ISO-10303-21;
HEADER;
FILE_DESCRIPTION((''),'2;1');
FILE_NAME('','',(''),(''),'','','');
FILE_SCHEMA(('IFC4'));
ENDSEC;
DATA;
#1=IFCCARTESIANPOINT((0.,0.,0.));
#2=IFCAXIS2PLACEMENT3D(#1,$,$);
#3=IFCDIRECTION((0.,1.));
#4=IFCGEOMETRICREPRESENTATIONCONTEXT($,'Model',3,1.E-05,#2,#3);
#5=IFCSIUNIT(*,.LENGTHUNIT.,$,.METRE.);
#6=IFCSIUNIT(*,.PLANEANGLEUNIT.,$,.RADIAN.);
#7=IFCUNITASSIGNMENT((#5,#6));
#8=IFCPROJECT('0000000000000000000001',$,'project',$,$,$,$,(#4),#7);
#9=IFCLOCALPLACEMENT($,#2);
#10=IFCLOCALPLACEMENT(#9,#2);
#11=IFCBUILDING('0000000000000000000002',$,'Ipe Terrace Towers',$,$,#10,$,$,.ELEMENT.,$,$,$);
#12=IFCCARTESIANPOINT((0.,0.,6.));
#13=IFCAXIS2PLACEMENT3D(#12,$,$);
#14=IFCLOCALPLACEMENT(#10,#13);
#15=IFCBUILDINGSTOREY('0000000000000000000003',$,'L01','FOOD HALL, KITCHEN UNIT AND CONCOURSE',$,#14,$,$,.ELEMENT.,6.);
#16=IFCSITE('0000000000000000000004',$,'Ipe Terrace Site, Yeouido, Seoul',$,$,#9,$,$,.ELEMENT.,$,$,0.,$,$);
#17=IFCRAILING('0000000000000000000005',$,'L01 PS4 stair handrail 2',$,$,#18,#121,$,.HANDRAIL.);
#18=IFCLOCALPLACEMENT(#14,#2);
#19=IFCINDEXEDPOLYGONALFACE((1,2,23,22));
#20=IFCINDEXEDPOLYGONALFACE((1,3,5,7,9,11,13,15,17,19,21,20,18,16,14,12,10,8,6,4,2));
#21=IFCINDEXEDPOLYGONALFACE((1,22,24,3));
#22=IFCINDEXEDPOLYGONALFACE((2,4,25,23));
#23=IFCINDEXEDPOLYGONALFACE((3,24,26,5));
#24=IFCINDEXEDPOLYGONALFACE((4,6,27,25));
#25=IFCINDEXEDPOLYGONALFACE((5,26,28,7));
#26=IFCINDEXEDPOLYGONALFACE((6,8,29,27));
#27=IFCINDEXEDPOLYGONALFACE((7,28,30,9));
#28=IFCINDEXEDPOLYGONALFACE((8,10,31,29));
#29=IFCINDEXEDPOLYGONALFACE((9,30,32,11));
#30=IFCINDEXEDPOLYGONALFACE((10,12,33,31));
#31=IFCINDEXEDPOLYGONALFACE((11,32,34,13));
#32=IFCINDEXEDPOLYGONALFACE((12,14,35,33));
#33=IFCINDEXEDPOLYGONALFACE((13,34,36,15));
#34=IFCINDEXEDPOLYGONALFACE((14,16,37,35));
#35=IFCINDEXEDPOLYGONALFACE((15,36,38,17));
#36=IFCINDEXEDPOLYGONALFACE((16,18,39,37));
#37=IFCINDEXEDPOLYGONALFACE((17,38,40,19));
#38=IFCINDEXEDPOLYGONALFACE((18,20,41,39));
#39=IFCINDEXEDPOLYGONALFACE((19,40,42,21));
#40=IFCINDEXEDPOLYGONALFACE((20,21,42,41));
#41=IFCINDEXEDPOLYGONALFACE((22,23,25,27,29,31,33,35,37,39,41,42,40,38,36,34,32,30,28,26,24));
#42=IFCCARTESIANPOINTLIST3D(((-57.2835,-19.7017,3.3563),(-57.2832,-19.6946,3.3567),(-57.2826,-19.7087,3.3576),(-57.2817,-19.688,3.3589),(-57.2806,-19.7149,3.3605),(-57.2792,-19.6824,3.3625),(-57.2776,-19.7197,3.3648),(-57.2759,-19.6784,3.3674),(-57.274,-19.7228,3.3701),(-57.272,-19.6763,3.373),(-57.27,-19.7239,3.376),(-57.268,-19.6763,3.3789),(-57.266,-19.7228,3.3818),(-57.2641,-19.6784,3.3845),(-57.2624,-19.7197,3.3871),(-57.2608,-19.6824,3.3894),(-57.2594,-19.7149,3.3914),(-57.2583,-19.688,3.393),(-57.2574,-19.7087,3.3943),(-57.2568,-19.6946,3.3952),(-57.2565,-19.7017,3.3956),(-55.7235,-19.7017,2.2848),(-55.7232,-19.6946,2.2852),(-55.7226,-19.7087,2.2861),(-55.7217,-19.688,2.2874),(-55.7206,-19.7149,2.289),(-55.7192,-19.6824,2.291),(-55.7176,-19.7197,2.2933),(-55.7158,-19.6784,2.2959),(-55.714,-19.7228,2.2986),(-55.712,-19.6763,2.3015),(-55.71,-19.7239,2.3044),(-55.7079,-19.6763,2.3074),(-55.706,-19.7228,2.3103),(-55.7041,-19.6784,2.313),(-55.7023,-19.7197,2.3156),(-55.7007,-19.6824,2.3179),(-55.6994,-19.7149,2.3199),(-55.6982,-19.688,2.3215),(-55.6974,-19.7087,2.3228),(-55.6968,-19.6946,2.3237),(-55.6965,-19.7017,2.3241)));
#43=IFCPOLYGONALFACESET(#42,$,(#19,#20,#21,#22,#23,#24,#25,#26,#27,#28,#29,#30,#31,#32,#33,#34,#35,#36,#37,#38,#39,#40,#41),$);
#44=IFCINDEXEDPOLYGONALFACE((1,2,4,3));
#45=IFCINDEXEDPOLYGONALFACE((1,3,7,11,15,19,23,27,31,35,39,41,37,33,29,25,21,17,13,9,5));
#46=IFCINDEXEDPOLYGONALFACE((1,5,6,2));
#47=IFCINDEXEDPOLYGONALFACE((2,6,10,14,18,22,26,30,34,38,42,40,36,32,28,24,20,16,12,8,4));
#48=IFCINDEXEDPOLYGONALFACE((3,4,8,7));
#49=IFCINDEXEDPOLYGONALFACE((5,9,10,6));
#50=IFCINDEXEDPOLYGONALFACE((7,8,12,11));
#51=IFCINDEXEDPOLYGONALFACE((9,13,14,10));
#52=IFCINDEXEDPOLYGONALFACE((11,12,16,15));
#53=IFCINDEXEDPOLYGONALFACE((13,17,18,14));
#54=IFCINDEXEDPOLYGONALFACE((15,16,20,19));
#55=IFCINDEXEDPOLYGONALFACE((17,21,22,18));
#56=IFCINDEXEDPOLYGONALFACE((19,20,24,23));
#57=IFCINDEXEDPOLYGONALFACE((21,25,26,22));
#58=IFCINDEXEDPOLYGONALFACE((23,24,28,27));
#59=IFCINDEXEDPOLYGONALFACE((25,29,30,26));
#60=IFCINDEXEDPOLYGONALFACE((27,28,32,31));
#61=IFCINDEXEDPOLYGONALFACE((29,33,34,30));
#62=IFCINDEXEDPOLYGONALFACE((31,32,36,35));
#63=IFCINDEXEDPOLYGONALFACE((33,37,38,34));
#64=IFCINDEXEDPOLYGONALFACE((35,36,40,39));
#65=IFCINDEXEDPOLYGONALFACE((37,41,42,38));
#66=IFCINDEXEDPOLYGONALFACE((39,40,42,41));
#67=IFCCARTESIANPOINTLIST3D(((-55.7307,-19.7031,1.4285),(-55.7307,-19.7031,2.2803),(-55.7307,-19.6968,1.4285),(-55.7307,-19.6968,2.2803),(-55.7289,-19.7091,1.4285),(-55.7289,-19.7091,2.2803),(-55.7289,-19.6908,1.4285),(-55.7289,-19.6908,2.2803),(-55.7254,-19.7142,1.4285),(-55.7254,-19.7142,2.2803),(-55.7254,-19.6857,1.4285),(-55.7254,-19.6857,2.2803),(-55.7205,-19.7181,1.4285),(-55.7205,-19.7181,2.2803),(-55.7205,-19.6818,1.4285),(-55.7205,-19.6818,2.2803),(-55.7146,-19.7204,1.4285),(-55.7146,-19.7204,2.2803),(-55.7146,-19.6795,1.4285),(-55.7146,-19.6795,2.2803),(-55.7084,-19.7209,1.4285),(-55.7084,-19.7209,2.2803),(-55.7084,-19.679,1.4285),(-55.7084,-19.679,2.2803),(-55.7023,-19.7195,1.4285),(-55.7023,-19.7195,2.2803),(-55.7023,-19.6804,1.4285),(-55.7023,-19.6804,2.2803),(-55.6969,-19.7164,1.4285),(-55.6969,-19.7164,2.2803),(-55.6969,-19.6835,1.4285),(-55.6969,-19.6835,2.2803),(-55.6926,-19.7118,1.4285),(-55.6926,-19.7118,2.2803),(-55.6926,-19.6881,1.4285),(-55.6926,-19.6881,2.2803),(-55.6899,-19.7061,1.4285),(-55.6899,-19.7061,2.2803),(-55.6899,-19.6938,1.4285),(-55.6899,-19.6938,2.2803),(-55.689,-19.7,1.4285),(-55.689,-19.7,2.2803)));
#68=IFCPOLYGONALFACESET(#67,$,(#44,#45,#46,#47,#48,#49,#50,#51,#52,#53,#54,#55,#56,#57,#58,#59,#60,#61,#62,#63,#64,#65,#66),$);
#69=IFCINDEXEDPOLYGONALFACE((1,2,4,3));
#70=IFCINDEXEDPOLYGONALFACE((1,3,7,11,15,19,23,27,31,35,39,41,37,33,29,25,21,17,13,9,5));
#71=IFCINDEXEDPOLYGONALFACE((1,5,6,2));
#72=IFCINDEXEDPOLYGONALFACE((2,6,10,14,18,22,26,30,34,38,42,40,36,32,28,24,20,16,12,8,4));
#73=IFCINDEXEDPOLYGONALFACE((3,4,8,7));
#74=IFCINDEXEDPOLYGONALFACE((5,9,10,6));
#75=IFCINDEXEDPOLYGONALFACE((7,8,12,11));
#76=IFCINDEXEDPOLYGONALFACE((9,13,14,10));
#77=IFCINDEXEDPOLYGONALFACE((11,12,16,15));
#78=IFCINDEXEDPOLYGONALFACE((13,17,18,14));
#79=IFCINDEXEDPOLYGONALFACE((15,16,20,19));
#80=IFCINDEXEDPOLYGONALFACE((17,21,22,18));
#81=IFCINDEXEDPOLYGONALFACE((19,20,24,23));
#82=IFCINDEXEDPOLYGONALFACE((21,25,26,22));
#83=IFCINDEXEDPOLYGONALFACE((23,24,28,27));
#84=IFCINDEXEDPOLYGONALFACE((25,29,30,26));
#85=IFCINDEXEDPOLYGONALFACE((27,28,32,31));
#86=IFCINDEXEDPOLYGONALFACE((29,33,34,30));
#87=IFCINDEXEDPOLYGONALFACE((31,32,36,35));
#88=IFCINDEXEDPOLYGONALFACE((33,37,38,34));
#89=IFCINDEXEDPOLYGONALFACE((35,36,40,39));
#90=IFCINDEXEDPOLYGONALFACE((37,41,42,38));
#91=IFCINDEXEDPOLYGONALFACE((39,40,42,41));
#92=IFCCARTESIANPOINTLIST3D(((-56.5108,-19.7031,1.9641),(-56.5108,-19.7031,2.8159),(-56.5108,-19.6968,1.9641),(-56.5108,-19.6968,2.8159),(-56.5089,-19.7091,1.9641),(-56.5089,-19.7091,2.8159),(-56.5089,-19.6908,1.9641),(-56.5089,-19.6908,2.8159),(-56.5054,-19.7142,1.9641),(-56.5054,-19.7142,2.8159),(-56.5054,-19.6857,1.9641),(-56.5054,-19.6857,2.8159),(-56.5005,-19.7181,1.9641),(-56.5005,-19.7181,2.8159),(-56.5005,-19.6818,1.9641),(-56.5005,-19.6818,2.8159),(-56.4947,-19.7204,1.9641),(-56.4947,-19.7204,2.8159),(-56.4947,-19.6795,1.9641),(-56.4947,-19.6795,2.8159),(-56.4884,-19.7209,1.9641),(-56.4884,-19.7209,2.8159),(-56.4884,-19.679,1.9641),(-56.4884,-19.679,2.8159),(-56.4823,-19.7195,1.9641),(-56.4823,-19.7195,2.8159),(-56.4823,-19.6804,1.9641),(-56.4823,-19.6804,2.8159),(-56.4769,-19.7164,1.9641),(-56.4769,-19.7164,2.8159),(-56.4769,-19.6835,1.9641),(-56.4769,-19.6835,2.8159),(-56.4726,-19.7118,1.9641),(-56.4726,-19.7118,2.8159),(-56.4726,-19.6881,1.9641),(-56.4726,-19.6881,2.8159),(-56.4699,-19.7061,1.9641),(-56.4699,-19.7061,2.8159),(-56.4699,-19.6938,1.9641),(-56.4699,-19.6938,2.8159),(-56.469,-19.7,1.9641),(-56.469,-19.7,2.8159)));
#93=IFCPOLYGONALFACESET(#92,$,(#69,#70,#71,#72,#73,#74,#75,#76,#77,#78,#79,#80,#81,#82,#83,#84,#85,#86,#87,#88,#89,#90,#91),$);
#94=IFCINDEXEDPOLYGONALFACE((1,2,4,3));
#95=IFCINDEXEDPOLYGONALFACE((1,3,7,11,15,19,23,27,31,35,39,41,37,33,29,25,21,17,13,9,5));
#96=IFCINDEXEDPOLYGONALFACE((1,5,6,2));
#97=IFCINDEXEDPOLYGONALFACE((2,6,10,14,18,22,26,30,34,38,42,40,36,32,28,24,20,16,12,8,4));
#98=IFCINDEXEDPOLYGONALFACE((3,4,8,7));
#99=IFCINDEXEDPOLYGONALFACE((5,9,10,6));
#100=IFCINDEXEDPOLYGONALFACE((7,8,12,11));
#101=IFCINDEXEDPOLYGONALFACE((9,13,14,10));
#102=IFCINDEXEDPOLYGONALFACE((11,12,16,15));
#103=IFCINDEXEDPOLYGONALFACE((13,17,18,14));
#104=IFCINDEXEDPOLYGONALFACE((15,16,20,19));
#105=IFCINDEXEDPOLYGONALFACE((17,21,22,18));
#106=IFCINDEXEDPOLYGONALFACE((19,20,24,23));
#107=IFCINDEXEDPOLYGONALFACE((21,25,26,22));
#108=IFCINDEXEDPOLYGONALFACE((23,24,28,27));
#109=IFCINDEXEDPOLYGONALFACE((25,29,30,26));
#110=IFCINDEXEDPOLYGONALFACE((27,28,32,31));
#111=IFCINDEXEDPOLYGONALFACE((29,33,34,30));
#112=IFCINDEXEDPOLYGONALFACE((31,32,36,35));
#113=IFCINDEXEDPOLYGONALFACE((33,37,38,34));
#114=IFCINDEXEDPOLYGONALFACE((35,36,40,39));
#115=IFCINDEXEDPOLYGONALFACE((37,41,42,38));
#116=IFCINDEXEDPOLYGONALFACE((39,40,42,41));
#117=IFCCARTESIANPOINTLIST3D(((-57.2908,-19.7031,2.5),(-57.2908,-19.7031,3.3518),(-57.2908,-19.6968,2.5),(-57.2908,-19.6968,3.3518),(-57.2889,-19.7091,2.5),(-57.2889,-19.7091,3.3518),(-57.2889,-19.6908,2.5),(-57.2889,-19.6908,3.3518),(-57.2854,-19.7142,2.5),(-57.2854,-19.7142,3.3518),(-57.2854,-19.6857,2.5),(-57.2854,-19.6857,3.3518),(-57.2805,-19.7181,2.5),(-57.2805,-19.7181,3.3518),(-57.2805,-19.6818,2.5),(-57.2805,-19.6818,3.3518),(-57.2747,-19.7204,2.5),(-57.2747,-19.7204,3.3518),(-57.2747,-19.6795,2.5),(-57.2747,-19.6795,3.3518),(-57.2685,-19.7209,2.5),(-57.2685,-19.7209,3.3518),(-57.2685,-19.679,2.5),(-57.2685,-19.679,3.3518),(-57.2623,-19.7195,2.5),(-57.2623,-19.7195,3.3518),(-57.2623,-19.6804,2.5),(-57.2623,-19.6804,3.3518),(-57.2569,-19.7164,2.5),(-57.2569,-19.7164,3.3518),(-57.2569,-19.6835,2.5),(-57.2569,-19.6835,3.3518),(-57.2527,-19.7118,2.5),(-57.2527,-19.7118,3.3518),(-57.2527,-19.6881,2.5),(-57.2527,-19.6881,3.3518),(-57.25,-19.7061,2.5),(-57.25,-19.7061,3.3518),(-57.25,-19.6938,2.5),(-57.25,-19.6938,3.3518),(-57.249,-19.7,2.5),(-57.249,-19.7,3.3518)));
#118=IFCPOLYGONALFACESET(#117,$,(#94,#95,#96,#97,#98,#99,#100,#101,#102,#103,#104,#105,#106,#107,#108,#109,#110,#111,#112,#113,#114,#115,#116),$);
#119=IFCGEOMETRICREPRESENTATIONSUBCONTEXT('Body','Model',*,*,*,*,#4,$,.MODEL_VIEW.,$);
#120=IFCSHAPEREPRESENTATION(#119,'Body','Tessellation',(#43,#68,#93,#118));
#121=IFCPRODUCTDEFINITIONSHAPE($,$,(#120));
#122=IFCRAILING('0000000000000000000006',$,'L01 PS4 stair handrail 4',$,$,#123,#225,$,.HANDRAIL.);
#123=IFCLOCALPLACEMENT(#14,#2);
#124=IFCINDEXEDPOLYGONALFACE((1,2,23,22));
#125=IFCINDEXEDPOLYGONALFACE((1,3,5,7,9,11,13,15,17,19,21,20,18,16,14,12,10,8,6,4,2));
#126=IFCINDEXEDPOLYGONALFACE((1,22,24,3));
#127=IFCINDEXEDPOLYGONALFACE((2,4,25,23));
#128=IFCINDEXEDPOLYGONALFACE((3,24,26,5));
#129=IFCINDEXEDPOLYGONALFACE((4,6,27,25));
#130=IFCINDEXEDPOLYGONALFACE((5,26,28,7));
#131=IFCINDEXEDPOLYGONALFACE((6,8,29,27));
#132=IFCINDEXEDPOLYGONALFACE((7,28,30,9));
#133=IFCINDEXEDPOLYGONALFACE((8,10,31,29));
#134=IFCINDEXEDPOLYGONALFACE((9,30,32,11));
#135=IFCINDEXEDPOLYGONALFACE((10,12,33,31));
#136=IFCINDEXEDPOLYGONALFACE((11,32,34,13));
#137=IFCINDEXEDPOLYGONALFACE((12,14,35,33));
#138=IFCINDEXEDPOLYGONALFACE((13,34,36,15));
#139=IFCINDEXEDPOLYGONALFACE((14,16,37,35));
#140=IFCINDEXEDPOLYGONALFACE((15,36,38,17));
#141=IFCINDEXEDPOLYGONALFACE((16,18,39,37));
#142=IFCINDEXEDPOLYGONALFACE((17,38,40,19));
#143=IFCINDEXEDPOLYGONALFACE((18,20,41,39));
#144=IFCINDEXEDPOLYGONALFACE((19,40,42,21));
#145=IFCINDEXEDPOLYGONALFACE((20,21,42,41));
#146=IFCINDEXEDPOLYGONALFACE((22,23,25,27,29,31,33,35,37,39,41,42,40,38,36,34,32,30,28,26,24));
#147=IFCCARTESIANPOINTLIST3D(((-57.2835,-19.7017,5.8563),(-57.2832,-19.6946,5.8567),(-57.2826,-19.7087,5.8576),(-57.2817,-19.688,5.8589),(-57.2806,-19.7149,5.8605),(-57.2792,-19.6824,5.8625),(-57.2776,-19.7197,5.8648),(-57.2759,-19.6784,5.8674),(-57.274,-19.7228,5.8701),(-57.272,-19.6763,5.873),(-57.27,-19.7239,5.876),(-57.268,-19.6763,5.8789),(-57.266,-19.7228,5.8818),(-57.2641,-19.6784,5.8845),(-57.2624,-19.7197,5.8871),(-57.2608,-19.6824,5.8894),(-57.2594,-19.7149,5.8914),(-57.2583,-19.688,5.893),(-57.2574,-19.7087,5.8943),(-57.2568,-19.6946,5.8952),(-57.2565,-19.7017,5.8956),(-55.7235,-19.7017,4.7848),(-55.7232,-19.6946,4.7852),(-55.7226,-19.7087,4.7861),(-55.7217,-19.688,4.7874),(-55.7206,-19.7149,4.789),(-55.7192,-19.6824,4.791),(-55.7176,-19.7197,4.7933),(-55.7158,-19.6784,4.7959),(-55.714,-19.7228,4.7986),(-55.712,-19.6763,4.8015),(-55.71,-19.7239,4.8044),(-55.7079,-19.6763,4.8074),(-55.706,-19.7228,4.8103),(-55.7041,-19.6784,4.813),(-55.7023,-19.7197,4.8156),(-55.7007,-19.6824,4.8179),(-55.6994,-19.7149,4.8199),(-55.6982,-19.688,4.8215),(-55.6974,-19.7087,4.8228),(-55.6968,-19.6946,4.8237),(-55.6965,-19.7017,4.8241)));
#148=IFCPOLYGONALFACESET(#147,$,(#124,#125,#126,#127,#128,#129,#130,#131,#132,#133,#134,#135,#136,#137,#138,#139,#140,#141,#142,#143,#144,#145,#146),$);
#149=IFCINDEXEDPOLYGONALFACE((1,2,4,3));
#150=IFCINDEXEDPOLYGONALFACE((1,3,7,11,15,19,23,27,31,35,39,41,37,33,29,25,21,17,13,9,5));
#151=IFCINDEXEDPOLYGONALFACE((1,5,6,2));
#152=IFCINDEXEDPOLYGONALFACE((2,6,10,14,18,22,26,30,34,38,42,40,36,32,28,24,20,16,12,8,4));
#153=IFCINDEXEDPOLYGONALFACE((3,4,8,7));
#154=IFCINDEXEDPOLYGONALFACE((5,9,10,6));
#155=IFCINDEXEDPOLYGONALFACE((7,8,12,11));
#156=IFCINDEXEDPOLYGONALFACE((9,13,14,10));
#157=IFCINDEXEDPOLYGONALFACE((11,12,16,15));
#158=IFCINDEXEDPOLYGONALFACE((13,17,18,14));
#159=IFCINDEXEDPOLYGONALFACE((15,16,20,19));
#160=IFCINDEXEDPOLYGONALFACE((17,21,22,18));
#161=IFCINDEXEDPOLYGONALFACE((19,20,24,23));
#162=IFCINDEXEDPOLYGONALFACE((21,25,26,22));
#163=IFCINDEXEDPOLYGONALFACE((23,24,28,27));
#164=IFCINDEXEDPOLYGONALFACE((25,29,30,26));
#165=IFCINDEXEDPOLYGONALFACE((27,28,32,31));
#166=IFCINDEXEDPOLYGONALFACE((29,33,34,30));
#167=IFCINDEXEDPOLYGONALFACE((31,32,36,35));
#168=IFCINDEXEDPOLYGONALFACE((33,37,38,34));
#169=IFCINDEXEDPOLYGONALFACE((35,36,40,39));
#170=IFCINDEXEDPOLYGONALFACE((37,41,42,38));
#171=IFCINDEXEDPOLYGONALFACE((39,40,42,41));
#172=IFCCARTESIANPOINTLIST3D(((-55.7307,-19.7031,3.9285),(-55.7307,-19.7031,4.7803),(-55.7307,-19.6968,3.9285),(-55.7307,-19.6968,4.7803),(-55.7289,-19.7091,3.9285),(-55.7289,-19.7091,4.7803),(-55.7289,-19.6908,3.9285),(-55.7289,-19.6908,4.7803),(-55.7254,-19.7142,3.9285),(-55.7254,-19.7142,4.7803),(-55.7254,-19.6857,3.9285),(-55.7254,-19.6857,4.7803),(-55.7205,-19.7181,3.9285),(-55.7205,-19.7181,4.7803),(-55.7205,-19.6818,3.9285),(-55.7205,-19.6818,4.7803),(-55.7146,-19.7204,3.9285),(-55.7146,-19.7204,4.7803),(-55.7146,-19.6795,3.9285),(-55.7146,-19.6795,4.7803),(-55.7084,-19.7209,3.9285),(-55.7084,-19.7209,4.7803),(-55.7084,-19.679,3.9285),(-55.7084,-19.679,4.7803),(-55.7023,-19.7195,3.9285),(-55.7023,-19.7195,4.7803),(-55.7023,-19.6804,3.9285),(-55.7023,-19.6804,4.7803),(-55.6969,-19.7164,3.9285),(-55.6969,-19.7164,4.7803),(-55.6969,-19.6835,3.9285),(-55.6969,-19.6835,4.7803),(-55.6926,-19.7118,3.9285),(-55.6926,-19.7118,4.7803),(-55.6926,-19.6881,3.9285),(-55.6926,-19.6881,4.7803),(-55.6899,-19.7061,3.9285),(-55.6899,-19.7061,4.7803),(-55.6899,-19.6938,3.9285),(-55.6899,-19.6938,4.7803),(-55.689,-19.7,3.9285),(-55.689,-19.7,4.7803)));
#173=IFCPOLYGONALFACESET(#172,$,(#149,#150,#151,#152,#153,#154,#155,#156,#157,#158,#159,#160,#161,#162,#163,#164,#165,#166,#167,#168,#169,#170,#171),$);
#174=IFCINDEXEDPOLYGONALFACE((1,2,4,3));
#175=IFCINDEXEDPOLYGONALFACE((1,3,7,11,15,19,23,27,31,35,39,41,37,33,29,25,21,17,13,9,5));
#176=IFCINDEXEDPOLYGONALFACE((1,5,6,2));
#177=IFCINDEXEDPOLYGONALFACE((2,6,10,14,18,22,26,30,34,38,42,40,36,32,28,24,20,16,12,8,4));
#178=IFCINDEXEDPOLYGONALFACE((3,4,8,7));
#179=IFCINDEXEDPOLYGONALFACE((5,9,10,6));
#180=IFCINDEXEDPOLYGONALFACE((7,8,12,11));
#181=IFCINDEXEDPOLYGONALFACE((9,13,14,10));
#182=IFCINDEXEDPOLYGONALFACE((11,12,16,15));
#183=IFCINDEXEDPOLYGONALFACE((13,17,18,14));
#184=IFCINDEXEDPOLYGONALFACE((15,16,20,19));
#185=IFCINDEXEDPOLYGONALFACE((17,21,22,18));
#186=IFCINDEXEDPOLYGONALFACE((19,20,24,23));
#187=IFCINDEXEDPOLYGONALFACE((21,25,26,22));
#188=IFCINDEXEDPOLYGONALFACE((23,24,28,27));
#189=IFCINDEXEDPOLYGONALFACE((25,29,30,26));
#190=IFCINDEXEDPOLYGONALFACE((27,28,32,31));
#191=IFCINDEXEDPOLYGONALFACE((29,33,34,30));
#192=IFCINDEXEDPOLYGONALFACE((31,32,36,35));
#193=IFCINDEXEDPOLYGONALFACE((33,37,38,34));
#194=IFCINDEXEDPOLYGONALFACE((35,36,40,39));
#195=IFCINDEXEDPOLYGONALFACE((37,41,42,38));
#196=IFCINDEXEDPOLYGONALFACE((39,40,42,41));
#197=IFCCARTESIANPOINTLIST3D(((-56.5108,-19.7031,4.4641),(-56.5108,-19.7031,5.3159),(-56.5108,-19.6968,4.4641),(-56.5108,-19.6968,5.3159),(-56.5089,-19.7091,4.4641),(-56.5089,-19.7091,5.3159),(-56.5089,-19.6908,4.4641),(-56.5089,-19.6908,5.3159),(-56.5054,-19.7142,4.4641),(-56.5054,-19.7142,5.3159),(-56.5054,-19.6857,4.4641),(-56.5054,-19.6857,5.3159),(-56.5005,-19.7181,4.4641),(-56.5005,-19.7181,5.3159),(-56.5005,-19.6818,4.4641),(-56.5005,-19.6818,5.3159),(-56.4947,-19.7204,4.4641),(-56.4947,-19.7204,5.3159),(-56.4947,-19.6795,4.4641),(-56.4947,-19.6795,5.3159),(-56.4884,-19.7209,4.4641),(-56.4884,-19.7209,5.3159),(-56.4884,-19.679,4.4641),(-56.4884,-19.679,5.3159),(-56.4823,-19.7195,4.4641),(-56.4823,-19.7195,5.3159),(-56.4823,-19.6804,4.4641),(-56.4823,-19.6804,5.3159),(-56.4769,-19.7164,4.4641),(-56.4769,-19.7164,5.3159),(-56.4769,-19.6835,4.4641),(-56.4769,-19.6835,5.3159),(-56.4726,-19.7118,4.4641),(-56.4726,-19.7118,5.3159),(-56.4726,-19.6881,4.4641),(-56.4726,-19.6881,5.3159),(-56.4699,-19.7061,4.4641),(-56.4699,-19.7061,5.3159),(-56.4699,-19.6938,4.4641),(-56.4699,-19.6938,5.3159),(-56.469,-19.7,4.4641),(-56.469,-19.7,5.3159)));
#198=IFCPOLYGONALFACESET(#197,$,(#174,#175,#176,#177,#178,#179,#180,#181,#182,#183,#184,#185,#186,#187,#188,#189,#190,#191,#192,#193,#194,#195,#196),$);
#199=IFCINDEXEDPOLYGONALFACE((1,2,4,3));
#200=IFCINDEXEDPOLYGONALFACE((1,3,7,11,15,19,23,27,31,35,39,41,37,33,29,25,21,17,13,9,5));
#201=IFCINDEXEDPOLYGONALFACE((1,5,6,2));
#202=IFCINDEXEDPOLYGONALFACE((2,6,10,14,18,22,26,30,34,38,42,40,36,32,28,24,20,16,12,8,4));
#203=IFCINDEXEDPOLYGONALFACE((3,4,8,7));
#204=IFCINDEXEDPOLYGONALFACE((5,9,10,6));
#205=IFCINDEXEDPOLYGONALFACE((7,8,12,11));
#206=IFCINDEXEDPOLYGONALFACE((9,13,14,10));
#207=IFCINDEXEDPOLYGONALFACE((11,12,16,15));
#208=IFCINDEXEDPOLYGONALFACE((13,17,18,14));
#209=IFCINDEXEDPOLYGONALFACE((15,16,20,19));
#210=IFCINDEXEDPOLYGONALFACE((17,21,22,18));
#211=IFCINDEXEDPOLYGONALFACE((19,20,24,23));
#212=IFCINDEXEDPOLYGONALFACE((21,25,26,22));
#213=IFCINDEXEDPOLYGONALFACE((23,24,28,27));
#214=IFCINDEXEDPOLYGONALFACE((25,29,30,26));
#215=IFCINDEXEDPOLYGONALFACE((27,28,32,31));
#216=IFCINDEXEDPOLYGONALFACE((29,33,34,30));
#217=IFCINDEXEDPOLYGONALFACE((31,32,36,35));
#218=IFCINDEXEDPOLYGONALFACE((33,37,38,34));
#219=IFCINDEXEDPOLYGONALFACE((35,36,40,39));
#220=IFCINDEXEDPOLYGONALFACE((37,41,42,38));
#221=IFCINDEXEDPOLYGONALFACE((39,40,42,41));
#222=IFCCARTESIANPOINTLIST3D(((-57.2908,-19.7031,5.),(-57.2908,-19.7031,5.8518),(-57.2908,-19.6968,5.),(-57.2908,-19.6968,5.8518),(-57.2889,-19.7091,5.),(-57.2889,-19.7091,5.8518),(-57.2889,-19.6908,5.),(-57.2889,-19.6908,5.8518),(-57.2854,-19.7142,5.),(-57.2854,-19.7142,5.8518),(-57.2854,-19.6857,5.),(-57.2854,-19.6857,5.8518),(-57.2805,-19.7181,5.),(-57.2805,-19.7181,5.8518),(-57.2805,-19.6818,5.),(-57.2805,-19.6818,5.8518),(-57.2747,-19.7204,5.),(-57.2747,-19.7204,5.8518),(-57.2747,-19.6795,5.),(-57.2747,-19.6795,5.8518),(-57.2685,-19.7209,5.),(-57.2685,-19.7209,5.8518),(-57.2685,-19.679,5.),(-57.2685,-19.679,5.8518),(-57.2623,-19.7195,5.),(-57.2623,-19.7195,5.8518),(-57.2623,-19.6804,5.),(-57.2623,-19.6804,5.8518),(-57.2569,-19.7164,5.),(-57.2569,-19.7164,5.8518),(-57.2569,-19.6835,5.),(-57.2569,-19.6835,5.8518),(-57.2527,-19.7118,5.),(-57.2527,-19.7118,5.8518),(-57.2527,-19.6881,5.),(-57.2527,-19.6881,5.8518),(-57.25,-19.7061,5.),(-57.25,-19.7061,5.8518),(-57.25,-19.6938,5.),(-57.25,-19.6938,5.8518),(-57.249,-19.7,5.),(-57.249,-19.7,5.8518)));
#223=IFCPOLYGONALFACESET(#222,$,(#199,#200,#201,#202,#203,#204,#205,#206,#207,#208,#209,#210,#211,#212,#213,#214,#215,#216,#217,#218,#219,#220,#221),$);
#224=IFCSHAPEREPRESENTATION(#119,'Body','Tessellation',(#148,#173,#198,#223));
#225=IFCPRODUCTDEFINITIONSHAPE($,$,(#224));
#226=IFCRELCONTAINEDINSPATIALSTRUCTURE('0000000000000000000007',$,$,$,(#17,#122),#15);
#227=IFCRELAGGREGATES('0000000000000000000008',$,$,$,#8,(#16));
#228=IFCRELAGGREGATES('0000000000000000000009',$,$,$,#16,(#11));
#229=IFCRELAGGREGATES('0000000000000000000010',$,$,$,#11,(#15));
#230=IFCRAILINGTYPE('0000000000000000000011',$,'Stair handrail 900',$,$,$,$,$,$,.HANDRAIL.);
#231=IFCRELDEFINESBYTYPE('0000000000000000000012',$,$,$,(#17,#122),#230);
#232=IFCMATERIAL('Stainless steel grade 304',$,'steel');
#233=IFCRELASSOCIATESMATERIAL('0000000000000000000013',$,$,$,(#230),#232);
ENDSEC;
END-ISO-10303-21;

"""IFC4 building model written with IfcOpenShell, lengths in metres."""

from ifc_helpers import new_model, si_unit, direction, frame, origin, origin_2d, place, context, subcontext, project, spatial, circle, extrude, material, type_object, element, save


model = new_model("IFC4")

# Units and contexts
model_context = context("Model", 3, precision=1e-05, world=origin(), true_north=direction((0.0, 1.0)))
body_context = subcontext(model_context, "Body", "Model", "MODEL_VIEW")
ifc_project = project(units=[si_unit("LENGTHUNIT", "METRE"), si_unit("PLANEANGLEUNIT", "RADIAN")], contexts=[model_context])

# Site, building, storey
site_placement = place(None, origin())
site = spatial("IfcSite", under=ifc_project, at=site_placement, Name="Ipe Terrace Site, Yeouido, Seoul", CompositionType="ELEMENT", RefElevation=0.0)
building_placement = place(site_placement, origin())
building = spatial("IfcBuilding", under=site, at=building_placement, Name="Ipe Terrace Towers", CompositionType="ELEMENT")
storey_placement = place(building_placement, frame((0.0, 0.0, 6.0)))
storey = spatial("IfcBuildingStorey", under=building, at=storey_placement, Name="L01", Description="FOOD HALL, KITCHEN UNIT AND CONCOURSE", CompositionType="ELEMENT", Elevation=6.0)

# Railings
ifc_material_1 = material(Name="Stainless steel grade 304", Category="steel")
railing_type_1 = type_object("IfcRailingType", Name="Stair handrail 900", PredefinedType="HANDRAIL", material=ifc_material_1)
for number, where, name in (
    (1, (-55.71, -19.7, 1.4285), "L01 PS4 stair handrail 2"),
    (2, (-55.71, -19.7, 3.9285), "L01 PS4 stair handrail 4"),
):
    element("IfcRailing", number, at=place(storey_placement, frame(where)), inside=storey, type_object=railing_type_1, Name=name, PredefinedType="HANDRAIL", context=body_context, shape_type="SweptSolid", body=[
        extrude(circle(Radius=0.0239, at=origin_2d()), frame((0.0, 0.0, 0.876), z_axis=(-0.82429, 0.0, 0.566167), x_axis=(0.0, -1.0, 0.0)), (0.0, 0.0, 1.0), 1.8926),
        extrude(circle(Radius=0.021, at=origin_2d()), origin(), (0.0, 0.0, 1.0), 0.8518),
        extrude(circle(Radius=0.021, at=origin_2d()), frame((-0.78, 0.0, 0.5356)), (0.0, 0.0, 1.0), 0.8518),
        extrude(circle(Radius=0.021, at=origin_2d()), frame((-1.5601, 0.0, 1.0715)), (0.0, 0.0, 1.0), 0.8518),
    ])

save(model, "model.ifc")
